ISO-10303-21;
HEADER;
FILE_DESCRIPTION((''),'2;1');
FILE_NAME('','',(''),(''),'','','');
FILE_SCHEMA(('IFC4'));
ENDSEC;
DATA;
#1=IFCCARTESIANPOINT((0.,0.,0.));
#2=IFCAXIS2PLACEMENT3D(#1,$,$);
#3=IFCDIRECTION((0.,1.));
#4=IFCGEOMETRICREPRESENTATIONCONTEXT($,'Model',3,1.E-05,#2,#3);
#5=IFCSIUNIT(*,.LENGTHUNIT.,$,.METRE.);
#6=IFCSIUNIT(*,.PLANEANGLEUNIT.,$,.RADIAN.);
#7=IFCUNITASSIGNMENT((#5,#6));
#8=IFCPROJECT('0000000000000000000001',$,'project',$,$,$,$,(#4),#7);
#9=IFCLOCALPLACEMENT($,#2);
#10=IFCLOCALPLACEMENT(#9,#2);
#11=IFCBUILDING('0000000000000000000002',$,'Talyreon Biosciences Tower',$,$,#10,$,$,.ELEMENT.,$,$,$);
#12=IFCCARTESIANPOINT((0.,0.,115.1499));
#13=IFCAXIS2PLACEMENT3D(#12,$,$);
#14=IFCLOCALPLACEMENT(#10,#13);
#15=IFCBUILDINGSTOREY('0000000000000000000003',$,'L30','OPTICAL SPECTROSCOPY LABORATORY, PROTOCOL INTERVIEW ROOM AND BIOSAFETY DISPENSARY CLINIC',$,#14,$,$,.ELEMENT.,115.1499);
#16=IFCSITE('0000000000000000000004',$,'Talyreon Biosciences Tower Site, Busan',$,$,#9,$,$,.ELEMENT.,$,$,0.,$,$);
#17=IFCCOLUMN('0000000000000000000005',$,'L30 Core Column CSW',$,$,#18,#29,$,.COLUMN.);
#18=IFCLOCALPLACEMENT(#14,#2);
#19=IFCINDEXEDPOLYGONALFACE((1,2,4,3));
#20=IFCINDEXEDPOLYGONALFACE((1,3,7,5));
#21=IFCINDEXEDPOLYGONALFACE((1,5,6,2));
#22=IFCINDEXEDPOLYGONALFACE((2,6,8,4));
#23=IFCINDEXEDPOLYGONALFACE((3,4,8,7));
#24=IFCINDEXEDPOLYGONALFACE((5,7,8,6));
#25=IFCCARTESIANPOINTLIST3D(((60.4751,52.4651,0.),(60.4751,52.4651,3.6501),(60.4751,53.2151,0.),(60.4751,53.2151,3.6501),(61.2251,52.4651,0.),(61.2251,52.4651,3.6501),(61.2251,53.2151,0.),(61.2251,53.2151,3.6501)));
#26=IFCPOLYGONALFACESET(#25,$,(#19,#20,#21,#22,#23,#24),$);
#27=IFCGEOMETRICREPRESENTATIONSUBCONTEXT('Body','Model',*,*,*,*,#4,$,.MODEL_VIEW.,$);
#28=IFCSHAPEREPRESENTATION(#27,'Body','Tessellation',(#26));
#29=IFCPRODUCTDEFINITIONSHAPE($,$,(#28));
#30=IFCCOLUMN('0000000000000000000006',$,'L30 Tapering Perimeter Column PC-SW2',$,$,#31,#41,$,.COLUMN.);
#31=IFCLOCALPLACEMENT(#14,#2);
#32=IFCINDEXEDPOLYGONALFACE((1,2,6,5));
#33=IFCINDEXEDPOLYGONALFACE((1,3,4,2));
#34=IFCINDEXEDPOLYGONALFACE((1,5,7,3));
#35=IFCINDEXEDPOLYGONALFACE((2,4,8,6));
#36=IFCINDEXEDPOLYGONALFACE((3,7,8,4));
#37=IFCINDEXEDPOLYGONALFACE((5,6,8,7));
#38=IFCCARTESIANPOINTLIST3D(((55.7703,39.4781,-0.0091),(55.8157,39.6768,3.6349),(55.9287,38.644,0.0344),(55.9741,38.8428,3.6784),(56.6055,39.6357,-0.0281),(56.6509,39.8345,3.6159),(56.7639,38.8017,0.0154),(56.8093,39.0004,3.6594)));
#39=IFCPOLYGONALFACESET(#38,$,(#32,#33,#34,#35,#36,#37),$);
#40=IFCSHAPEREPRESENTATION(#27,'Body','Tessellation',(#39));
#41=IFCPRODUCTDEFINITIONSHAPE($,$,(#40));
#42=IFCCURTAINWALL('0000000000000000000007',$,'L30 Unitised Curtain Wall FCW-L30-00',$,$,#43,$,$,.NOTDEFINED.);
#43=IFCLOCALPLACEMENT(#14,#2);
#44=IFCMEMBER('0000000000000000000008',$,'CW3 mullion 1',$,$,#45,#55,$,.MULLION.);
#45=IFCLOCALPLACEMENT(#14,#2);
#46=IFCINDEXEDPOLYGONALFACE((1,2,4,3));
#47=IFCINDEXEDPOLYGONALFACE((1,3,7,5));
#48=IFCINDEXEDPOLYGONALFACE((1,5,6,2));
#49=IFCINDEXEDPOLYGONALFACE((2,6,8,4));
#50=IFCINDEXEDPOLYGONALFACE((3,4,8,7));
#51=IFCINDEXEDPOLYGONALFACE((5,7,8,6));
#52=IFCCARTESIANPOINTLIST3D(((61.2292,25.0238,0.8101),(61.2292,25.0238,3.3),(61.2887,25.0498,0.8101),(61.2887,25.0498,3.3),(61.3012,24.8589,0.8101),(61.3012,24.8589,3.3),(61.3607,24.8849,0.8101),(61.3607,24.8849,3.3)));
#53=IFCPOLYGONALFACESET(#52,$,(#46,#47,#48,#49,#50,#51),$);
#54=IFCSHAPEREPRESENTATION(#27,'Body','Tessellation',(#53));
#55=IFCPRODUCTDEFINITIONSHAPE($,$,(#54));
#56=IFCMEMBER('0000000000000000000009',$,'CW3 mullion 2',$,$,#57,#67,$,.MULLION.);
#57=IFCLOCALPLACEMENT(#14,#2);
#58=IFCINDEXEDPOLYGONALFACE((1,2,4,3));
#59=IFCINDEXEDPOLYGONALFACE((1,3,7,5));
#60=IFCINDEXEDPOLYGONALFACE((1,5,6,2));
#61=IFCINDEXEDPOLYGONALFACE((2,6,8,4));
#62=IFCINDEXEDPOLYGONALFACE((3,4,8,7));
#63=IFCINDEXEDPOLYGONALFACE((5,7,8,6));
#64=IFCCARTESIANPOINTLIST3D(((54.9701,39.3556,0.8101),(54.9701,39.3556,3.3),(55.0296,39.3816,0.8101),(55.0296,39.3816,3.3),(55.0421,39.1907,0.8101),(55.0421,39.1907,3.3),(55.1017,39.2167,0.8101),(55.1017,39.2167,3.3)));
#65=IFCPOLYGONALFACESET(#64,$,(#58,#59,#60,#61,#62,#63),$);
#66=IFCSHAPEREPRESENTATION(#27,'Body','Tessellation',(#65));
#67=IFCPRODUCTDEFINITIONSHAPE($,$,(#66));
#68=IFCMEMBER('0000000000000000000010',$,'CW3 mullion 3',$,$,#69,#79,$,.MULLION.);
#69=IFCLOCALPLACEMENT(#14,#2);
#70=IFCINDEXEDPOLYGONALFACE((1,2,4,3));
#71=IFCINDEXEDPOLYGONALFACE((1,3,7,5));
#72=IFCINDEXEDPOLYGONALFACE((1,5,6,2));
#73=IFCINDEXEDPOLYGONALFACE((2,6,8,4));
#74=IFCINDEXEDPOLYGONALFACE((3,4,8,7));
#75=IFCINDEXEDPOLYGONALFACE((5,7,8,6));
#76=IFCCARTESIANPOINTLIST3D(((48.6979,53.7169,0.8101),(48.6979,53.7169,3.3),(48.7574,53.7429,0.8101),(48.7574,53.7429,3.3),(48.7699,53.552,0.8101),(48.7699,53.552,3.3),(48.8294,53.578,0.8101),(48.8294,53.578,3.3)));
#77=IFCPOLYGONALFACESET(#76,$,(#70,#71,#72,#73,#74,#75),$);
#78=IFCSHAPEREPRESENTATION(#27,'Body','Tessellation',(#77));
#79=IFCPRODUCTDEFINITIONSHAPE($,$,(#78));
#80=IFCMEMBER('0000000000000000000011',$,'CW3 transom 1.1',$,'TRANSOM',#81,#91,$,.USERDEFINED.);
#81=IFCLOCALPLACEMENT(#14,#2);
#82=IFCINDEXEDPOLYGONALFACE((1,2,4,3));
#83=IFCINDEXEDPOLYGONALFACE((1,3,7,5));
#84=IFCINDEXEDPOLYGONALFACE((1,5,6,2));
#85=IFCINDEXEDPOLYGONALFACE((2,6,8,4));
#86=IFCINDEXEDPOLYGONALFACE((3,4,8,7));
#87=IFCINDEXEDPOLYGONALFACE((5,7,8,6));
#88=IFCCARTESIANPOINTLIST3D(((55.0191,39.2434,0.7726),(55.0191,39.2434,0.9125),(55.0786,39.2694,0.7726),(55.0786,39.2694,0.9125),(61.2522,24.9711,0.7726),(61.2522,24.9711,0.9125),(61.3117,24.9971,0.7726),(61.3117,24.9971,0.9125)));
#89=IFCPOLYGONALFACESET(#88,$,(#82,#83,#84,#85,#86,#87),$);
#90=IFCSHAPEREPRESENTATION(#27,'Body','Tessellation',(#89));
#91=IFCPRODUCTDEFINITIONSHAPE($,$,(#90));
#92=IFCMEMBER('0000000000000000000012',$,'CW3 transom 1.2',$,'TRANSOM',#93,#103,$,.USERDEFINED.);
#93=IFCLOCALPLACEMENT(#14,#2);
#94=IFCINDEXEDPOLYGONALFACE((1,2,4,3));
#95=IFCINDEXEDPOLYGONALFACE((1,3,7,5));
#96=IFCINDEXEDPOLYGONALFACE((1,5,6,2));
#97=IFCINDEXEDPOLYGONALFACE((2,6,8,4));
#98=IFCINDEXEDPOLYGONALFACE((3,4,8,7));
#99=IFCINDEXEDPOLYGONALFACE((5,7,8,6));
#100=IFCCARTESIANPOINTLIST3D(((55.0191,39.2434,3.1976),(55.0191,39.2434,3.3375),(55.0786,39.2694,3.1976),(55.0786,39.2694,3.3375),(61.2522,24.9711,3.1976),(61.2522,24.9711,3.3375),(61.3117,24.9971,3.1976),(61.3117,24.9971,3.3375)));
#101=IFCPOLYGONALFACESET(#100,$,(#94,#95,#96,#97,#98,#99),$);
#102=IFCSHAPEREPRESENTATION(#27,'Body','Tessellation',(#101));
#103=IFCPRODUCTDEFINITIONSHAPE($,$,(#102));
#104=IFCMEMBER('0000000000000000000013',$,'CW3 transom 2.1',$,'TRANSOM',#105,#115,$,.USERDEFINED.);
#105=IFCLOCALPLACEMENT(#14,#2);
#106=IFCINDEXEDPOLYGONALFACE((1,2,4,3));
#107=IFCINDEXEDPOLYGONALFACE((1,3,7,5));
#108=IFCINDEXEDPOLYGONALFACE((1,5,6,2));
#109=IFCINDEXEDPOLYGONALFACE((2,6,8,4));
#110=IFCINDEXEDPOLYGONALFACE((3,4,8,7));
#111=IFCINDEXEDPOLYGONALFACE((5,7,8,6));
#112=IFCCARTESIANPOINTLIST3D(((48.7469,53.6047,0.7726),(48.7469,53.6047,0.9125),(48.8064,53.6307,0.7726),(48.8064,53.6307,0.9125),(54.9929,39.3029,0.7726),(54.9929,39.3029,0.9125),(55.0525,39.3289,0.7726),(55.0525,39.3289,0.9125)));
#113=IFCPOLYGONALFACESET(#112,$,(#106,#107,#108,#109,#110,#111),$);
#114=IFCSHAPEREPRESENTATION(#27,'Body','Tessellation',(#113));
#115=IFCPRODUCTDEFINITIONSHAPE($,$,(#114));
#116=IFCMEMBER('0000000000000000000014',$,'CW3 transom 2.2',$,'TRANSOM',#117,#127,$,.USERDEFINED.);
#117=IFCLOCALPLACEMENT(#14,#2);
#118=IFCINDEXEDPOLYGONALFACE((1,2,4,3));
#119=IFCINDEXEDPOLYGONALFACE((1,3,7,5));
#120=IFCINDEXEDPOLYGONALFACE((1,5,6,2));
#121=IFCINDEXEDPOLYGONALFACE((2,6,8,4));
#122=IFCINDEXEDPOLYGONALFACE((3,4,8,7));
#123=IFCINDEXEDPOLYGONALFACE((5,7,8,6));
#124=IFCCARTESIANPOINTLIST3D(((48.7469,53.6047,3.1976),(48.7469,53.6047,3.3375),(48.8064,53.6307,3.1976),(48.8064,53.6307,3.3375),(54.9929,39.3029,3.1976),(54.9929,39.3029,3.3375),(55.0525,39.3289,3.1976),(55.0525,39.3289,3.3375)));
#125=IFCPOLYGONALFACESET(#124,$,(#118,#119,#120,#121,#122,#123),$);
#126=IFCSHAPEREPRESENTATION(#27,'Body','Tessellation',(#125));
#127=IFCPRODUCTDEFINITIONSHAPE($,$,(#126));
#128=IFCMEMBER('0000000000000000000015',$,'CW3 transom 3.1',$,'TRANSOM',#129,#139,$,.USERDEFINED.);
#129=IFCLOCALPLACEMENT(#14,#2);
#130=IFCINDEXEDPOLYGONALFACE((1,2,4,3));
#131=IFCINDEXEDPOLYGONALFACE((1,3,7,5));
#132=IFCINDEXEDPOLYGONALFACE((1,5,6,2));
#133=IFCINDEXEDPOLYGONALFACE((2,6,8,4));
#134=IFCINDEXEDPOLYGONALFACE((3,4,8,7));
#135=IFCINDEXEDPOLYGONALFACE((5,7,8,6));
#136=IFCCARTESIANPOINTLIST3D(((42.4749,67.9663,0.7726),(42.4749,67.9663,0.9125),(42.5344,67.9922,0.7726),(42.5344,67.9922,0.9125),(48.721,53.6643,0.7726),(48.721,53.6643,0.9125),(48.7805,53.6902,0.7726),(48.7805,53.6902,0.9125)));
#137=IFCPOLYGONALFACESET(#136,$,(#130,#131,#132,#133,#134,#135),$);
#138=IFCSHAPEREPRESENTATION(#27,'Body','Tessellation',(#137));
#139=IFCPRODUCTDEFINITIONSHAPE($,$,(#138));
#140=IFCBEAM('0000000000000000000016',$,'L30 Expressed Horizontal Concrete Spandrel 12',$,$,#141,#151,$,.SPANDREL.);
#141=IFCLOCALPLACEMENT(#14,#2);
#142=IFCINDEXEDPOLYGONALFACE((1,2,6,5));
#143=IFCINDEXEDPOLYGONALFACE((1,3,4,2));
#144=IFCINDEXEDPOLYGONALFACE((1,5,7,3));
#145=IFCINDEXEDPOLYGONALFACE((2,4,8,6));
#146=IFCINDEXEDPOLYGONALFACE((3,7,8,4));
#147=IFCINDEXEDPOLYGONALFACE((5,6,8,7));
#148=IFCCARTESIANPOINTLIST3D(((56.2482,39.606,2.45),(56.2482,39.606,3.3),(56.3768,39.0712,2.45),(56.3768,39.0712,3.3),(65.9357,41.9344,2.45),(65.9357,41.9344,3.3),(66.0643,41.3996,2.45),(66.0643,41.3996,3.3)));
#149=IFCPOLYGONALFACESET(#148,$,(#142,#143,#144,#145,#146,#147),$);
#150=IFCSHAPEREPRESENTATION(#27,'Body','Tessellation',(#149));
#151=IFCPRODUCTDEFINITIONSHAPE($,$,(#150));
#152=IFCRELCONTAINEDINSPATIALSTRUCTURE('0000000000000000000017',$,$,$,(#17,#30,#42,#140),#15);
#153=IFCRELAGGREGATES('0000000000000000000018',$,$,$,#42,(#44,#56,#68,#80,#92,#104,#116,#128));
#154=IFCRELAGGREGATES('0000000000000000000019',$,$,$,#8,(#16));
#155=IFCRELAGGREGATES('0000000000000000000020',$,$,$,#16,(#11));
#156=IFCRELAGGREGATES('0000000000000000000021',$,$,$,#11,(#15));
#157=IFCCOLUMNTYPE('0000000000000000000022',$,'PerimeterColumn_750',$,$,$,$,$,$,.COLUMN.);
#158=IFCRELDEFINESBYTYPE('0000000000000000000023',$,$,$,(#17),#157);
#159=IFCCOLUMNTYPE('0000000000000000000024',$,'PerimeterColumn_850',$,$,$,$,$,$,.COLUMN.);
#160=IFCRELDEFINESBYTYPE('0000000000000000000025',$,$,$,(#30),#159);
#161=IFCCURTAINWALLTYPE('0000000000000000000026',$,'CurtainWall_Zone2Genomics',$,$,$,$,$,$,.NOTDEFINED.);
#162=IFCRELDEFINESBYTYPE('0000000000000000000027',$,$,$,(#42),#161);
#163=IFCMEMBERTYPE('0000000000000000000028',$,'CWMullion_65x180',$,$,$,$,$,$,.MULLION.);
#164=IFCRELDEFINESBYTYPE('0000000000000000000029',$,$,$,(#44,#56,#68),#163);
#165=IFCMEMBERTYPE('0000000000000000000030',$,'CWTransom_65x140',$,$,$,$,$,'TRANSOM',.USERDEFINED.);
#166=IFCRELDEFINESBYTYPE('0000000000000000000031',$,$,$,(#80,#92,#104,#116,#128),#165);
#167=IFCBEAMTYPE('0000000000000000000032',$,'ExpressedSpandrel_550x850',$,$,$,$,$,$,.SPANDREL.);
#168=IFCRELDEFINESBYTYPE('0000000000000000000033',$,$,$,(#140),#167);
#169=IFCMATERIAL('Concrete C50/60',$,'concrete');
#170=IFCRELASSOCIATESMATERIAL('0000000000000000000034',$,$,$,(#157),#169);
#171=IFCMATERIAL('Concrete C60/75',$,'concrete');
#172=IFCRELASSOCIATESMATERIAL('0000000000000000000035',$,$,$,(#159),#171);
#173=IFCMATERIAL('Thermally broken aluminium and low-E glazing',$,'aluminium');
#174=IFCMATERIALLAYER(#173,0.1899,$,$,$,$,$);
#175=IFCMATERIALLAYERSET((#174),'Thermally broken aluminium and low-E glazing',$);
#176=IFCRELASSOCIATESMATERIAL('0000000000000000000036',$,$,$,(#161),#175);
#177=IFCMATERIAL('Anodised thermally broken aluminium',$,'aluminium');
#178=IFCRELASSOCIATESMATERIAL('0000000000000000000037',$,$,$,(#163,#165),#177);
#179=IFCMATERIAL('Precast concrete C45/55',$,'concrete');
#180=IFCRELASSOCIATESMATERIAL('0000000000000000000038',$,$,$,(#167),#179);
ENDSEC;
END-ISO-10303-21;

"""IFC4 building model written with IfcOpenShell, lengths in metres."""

from ifc_helpers import new_model, si_unit, direction, frame, origin, origin_2d, place, context, subcontext, project, spatial, rectangle, extrude, material, layer, layer_set, material_profile, profile_set, type_object, element, aggregate, save


model = new_model("IFC4")

# Units and contexts
model_context = context("Model", 3, precision=1e-05, world=origin(), true_north=direction((0.0, 1.0)))
body_context = subcontext(model_context, "Body", "Model", "MODEL_VIEW")
ifc_project = project(units=[si_unit("LENGTHUNIT", "METRE"), si_unit("PLANEANGLEUNIT", "RADIAN")], contexts=[model_context])

# Site, building, storey
site_placement = place(None, origin())
site = spatial("IfcSite", under=ifc_project, at=site_placement, Name="Talyreon Biosciences Tower Site, Busan", CompositionType="ELEMENT", RefElevation=0.0)
building_placement = place(site_placement, origin())
building = spatial("IfcBuilding", under=site, at=building_placement, Name="Talyreon Biosciences Tower", CompositionType="ELEMENT")
storey_placement = place(building_placement, frame((0.0, 0.0, 115.1499)))
storey = spatial("IfcBuildingStorey", under=building, at=storey_placement, Name="L30", Description="OPTICAL SPECTROSCOPY LABORATORY, PROTOCOL INTERVIEW ROOM AND BIOSAFETY DISPENSARY CLINIC", CompositionType="ELEMENT", Elevation=115.1499)

# Columns
ifc_material_1 = material(Name="Concrete C50/60", Category="concrete")
ifc_material_profile_1 = material_profile(ifc_material_1, rectangle(XDim=0.75, YDim=0.75, at=origin_2d()), Name="RC 750x750")
ifc_profile_set_1 = profile_set([ifc_material_profile_1], Name="Concrete C50/60")
column_type_1 = type_object("IfcColumnType", Name="PerimeterColumn_750", PredefinedType="COLUMN", material=ifc_profile_set_1)
column_1_placement = place(storey_placement, frame((60.8501, 52.8401, 0.0), z_axis=(0.0, 0.0, 1.0), x_axis=(1.0, 0.0, 0.0)))
element("IfcColumn", 1, at=column_1_placement, inside=storey, type_object=column_type_1, Name="L30 Core Column CSW", PredefinedType="COLUMN", context=body_context, shape_type="SweptSolid", body=[
    extrude(rectangle(XDim=0.75, YDim=0.75, at=origin_2d()), origin(), (0.0, 0.0, 1.0), 3.6501),
])
ifc_material_2 = material(Name="Concrete C60/75", Category="concrete")
ifc_material_profile_2 = material_profile(ifc_material_2, rectangle(XDim=0.8501, YDim=0.8501, at=origin_2d()), Name="RC 850x850")
ifc_profile_set_2 = profile_set([ifc_material_profile_2], Name="Concrete C60/75")
column_type_2 = type_object("IfcColumnType", Name="PerimeterColumn_850", PredefinedType="COLUMN", material=ifc_profile_set_2)
column_2_placement = place(storey_placement, frame((56.2671, 39.1399, 0.0032), z_axis=(0.012442, 0.054451, 0.998439), x_axis=(-0.186342, 0.981151, -0.051186)))
element("IfcColumn", 2, at=column_2_placement, inside=storey, type_object=column_type_2, Name="L30 Tapering Perimeter Column PC-SW2", PredefinedType="COLUMN", context=body_context, shape_type="SweptSolid", body=[
    extrude(rectangle(XDim=0.8501, YDim=0.8501, at=origin_2d()), origin(), (0.0, 0.0, 1.0), 3.6497),
])

# Curtain wall, members
ifc_material_3 = material(Name="Thermally broken aluminium and low-E glazing", Category="aluminium")
ifc_layer_1 = layer(ifc_material_3, 0.1899)
ifc_layer_set_1 = layer_set([ifc_layer_1], Name="Thermally broken aluminium and low-E glazing")
curtain_wall_type = type_object("IfcCurtainWallType", Name="CurtainWall_Zone2Genomics", PredefinedType="NOTDEFINED", material=ifc_layer_set_1)
curtain_wall_placement = place(storey_placement, origin())
curtain_wall = element("IfcCurtainWall", 3, at=curtain_wall_placement, inside=storey, type_object=curtain_wall_type, Name="L30 Unitised Curtain Wall FCW-L30-00", PredefinedType="NOTDEFINED")
ifc_material_4 = material(Name="Anodised thermally broken aluminium", Category="aluminium")
ifc_material_profile_3 = material_profile(ifc_material_4, rectangle(XDim=0.0649, YDim=0.1799, at=origin_2d()), Name="ALUM MULLION 65x180")
ifc_profile_set_3 = profile_set([ifc_material_profile_3], Name="Anodised thermally broken aluminium")
member_type_1 = type_object("IfcMemberType", Name="CWMullion_65x180", PredefinedType="MULLION", material=ifc_profile_set_3)
member_1_placement = place(storey_placement, frame((61.2949, 24.9543, 0.8101), z_axis=(0.0, 0.0, 1.0), x_axis=(-0.916416, -0.400226, 0.0)))
member_1 = element("IfcMember", 4, at=member_1_placement, type_object=member_type_1, Name="CW3 mullion 1", PredefinedType="MULLION", context=body_context, shape_type="SweptSolid", body=[
    extrude(rectangle(XDim=0.0649, YDim=0.1799, at=origin_2d()), origin(), (0.0, 0.0, 1.0), 2.49),
])
member_2_placement = place(storey_placement, frame((55.0359, 39.2861, 0.8101), z_axis=(0.0, 0.0, 1.0), x_axis=(-0.916416, -0.400226, 0.0)))
member_2 = element("IfcMember", 5, at=member_2_placement, type_object=member_type_1, Name="CW3 mullion 2", PredefinedType="MULLION", context=body_context, shape_type="SweptSolid", body=[
    extrude(rectangle(XDim=0.0649, YDim=0.1799, at=origin_2d()), origin(), (0.0, 0.0, 1.0), 2.49),
])
member_3_placement = place(storey_placement, frame((48.7637, 53.6475, 0.8101), z_axis=(0.0, 0.0, 1.0), x_axis=(-0.916416, -0.400226, 0.0)))
member_3 = element("IfcMember", 6, at=member_3_placement, type_object=member_type_1, Name="CW3 mullion 3", PredefinedType="MULLION", context=body_context, shape_type="SweptSolid", body=[
    extrude(rectangle(XDim=0.0649, YDim=0.1799, at=origin_2d()), origin(), (0.0, 0.0, 1.0), 2.49),
])
ifc_material_profile_4 = material_profile(ifc_material_4, rectangle(XDim=0.0649, YDim=0.1399, at=origin_2d()), Name="ALUM TRANSOM 65x140")
ifc_profile_set_4 = profile_set([ifc_material_profile_4], Name="Anodised thermally broken aluminium")
member_type_2 = type_object("IfcMemberType", Name="CWTransom_65x140", ElementType="TRANSOM", PredefinedType="USERDEFINED", material=ifc_profile_set_4)
member_4_placement = place(storey_placement, frame((61.282, 24.9841, 0.8425), z_axis=(-0.400229, 0.916415, 0.0), x_axis=(-0.916415, -0.400229, 0.0)))
member_4 = element("IfcMember", 7, at=member_4_placement, type_object=member_type_2, Name="CW3 transom 1.1", ObjectType="TRANSOM", PredefinedType="USERDEFINED", context=body_context, shape_type="SweptSolid", body=[
    extrude(rectangle(XDim=0.0649, YDim=0.1399, at=origin_2d()), origin(), (0.0, 0.0, 1.0), 15.574),
])
member_5_placement = place(storey_placement, frame((61.282, 24.9841, 3.2676), z_axis=(-0.400229, 0.916415, 0.0), x_axis=(-0.916415, -0.400229, 0.0)))
member_5 = element("IfcMember", 8, at=member_5_placement, type_object=member_type_2, Name="CW3 transom 1.2", ObjectType="TRANSOM", PredefinedType="USERDEFINED", context=body_context, shape_type="SweptSolid", body=[
    extrude(rectangle(XDim=0.0649, YDim=0.1399, at=origin_2d()), origin(), (0.0, 0.0, 1.0), 15.574),
])
member_6_placement = place(storey_placement, frame((55.0227, 39.3159, 0.8425), z_axis=(-0.400231, 0.916414, 0.0), x_axis=(-0.916414, -0.400231, 0.0)))
member_6 = element("IfcMember", 9, at=member_6_placement, type_object=member_type_2, Name="CW3 transom 2.1", ObjectType="TRANSOM", PredefinedType="USERDEFINED", context=body_context, shape_type="SweptSolid", body=[
    extrude(rectangle(XDim=0.0649, YDim=0.1399, at=origin_2d()), origin(), (0.0, 0.0, 1.0), 15.6062),
])
member_7_placement = place(storey_placement, frame((55.0227, 39.3159, 3.2676), z_axis=(-0.400231, 0.916414, 0.0), x_axis=(-0.916414, -0.400231, 0.0)))
member_7 = element("IfcMember", 10, at=member_7_placement, type_object=member_type_2, Name="CW3 transom 2.2", ObjectType="TRANSOM", PredefinedType="USERDEFINED", context=body_context, shape_type="SweptSolid", body=[
    extrude(rectangle(XDim=0.0649, YDim=0.1399, at=origin_2d()), origin(), (0.0, 0.0, 1.0), 15.6062),
])
member_8_placement = place(storey_placement, frame((48.7507, 53.6772, 0.8425), z_axis=(-0.400225, 0.916417, 0.0), x_axis=(-0.916417, -0.400225, 0.0)))
member_8 = element("IfcMember", 11, at=member_8_placement, type_object=member_type_2, Name="CW3 transom 3.1", ObjectType="TRANSOM", PredefinedType="USERDEFINED", context=body_context, shape_type="SweptSolid", body=[
    extrude(rectangle(XDim=0.0649, YDim=0.1399, at=origin_2d()), origin(), (0.0, 0.0, 1.0), 15.6064),
])

# Beam
ifc_material_5 = material(Name="Precast concrete C45/55", Category="concrete")
ifc_material_profile_5 = material_profile(ifc_material_5, rectangle(XDim=0.55, YDim=0.8501, at=origin_2d()), Name="RCB 550x850")
ifc_profile_set_5 = profile_set([ifc_material_profile_5], Name="Precast concrete C45/55")
beam_type_1 = type_object("IfcBeamType", Name="ExpressedSpandrel_550x850", PredefinedType="SPANDREL", material=ifc_profile_set_5)
beam_1_placement = place(storey_placement, frame((56.3125, 39.3386, 2.875), z_axis=(0.972311, 0.233693, 0.0), x_axis=(-0.233693, 0.972311, 0.0)))
element("IfcBeam", 12, at=beam_1_placement, inside=storey, type_object=beam_type_1, Name="L30 Expressed Horizontal Concrete Spandrel 12", PredefinedType="SPANDREL", context=body_context, shape_type="SweptSolid", body=[
    extrude(rectangle(XDim=0.55, YDim=0.8501, at=origin_2d()), origin(), (0.0, 0.0, 1.0), 9.9634),
])

aggregate(curtain_wall, [member_1, member_2, member_3, member_4, member_5, member_6, member_7, member_8])

save(model, "model.ifc")
